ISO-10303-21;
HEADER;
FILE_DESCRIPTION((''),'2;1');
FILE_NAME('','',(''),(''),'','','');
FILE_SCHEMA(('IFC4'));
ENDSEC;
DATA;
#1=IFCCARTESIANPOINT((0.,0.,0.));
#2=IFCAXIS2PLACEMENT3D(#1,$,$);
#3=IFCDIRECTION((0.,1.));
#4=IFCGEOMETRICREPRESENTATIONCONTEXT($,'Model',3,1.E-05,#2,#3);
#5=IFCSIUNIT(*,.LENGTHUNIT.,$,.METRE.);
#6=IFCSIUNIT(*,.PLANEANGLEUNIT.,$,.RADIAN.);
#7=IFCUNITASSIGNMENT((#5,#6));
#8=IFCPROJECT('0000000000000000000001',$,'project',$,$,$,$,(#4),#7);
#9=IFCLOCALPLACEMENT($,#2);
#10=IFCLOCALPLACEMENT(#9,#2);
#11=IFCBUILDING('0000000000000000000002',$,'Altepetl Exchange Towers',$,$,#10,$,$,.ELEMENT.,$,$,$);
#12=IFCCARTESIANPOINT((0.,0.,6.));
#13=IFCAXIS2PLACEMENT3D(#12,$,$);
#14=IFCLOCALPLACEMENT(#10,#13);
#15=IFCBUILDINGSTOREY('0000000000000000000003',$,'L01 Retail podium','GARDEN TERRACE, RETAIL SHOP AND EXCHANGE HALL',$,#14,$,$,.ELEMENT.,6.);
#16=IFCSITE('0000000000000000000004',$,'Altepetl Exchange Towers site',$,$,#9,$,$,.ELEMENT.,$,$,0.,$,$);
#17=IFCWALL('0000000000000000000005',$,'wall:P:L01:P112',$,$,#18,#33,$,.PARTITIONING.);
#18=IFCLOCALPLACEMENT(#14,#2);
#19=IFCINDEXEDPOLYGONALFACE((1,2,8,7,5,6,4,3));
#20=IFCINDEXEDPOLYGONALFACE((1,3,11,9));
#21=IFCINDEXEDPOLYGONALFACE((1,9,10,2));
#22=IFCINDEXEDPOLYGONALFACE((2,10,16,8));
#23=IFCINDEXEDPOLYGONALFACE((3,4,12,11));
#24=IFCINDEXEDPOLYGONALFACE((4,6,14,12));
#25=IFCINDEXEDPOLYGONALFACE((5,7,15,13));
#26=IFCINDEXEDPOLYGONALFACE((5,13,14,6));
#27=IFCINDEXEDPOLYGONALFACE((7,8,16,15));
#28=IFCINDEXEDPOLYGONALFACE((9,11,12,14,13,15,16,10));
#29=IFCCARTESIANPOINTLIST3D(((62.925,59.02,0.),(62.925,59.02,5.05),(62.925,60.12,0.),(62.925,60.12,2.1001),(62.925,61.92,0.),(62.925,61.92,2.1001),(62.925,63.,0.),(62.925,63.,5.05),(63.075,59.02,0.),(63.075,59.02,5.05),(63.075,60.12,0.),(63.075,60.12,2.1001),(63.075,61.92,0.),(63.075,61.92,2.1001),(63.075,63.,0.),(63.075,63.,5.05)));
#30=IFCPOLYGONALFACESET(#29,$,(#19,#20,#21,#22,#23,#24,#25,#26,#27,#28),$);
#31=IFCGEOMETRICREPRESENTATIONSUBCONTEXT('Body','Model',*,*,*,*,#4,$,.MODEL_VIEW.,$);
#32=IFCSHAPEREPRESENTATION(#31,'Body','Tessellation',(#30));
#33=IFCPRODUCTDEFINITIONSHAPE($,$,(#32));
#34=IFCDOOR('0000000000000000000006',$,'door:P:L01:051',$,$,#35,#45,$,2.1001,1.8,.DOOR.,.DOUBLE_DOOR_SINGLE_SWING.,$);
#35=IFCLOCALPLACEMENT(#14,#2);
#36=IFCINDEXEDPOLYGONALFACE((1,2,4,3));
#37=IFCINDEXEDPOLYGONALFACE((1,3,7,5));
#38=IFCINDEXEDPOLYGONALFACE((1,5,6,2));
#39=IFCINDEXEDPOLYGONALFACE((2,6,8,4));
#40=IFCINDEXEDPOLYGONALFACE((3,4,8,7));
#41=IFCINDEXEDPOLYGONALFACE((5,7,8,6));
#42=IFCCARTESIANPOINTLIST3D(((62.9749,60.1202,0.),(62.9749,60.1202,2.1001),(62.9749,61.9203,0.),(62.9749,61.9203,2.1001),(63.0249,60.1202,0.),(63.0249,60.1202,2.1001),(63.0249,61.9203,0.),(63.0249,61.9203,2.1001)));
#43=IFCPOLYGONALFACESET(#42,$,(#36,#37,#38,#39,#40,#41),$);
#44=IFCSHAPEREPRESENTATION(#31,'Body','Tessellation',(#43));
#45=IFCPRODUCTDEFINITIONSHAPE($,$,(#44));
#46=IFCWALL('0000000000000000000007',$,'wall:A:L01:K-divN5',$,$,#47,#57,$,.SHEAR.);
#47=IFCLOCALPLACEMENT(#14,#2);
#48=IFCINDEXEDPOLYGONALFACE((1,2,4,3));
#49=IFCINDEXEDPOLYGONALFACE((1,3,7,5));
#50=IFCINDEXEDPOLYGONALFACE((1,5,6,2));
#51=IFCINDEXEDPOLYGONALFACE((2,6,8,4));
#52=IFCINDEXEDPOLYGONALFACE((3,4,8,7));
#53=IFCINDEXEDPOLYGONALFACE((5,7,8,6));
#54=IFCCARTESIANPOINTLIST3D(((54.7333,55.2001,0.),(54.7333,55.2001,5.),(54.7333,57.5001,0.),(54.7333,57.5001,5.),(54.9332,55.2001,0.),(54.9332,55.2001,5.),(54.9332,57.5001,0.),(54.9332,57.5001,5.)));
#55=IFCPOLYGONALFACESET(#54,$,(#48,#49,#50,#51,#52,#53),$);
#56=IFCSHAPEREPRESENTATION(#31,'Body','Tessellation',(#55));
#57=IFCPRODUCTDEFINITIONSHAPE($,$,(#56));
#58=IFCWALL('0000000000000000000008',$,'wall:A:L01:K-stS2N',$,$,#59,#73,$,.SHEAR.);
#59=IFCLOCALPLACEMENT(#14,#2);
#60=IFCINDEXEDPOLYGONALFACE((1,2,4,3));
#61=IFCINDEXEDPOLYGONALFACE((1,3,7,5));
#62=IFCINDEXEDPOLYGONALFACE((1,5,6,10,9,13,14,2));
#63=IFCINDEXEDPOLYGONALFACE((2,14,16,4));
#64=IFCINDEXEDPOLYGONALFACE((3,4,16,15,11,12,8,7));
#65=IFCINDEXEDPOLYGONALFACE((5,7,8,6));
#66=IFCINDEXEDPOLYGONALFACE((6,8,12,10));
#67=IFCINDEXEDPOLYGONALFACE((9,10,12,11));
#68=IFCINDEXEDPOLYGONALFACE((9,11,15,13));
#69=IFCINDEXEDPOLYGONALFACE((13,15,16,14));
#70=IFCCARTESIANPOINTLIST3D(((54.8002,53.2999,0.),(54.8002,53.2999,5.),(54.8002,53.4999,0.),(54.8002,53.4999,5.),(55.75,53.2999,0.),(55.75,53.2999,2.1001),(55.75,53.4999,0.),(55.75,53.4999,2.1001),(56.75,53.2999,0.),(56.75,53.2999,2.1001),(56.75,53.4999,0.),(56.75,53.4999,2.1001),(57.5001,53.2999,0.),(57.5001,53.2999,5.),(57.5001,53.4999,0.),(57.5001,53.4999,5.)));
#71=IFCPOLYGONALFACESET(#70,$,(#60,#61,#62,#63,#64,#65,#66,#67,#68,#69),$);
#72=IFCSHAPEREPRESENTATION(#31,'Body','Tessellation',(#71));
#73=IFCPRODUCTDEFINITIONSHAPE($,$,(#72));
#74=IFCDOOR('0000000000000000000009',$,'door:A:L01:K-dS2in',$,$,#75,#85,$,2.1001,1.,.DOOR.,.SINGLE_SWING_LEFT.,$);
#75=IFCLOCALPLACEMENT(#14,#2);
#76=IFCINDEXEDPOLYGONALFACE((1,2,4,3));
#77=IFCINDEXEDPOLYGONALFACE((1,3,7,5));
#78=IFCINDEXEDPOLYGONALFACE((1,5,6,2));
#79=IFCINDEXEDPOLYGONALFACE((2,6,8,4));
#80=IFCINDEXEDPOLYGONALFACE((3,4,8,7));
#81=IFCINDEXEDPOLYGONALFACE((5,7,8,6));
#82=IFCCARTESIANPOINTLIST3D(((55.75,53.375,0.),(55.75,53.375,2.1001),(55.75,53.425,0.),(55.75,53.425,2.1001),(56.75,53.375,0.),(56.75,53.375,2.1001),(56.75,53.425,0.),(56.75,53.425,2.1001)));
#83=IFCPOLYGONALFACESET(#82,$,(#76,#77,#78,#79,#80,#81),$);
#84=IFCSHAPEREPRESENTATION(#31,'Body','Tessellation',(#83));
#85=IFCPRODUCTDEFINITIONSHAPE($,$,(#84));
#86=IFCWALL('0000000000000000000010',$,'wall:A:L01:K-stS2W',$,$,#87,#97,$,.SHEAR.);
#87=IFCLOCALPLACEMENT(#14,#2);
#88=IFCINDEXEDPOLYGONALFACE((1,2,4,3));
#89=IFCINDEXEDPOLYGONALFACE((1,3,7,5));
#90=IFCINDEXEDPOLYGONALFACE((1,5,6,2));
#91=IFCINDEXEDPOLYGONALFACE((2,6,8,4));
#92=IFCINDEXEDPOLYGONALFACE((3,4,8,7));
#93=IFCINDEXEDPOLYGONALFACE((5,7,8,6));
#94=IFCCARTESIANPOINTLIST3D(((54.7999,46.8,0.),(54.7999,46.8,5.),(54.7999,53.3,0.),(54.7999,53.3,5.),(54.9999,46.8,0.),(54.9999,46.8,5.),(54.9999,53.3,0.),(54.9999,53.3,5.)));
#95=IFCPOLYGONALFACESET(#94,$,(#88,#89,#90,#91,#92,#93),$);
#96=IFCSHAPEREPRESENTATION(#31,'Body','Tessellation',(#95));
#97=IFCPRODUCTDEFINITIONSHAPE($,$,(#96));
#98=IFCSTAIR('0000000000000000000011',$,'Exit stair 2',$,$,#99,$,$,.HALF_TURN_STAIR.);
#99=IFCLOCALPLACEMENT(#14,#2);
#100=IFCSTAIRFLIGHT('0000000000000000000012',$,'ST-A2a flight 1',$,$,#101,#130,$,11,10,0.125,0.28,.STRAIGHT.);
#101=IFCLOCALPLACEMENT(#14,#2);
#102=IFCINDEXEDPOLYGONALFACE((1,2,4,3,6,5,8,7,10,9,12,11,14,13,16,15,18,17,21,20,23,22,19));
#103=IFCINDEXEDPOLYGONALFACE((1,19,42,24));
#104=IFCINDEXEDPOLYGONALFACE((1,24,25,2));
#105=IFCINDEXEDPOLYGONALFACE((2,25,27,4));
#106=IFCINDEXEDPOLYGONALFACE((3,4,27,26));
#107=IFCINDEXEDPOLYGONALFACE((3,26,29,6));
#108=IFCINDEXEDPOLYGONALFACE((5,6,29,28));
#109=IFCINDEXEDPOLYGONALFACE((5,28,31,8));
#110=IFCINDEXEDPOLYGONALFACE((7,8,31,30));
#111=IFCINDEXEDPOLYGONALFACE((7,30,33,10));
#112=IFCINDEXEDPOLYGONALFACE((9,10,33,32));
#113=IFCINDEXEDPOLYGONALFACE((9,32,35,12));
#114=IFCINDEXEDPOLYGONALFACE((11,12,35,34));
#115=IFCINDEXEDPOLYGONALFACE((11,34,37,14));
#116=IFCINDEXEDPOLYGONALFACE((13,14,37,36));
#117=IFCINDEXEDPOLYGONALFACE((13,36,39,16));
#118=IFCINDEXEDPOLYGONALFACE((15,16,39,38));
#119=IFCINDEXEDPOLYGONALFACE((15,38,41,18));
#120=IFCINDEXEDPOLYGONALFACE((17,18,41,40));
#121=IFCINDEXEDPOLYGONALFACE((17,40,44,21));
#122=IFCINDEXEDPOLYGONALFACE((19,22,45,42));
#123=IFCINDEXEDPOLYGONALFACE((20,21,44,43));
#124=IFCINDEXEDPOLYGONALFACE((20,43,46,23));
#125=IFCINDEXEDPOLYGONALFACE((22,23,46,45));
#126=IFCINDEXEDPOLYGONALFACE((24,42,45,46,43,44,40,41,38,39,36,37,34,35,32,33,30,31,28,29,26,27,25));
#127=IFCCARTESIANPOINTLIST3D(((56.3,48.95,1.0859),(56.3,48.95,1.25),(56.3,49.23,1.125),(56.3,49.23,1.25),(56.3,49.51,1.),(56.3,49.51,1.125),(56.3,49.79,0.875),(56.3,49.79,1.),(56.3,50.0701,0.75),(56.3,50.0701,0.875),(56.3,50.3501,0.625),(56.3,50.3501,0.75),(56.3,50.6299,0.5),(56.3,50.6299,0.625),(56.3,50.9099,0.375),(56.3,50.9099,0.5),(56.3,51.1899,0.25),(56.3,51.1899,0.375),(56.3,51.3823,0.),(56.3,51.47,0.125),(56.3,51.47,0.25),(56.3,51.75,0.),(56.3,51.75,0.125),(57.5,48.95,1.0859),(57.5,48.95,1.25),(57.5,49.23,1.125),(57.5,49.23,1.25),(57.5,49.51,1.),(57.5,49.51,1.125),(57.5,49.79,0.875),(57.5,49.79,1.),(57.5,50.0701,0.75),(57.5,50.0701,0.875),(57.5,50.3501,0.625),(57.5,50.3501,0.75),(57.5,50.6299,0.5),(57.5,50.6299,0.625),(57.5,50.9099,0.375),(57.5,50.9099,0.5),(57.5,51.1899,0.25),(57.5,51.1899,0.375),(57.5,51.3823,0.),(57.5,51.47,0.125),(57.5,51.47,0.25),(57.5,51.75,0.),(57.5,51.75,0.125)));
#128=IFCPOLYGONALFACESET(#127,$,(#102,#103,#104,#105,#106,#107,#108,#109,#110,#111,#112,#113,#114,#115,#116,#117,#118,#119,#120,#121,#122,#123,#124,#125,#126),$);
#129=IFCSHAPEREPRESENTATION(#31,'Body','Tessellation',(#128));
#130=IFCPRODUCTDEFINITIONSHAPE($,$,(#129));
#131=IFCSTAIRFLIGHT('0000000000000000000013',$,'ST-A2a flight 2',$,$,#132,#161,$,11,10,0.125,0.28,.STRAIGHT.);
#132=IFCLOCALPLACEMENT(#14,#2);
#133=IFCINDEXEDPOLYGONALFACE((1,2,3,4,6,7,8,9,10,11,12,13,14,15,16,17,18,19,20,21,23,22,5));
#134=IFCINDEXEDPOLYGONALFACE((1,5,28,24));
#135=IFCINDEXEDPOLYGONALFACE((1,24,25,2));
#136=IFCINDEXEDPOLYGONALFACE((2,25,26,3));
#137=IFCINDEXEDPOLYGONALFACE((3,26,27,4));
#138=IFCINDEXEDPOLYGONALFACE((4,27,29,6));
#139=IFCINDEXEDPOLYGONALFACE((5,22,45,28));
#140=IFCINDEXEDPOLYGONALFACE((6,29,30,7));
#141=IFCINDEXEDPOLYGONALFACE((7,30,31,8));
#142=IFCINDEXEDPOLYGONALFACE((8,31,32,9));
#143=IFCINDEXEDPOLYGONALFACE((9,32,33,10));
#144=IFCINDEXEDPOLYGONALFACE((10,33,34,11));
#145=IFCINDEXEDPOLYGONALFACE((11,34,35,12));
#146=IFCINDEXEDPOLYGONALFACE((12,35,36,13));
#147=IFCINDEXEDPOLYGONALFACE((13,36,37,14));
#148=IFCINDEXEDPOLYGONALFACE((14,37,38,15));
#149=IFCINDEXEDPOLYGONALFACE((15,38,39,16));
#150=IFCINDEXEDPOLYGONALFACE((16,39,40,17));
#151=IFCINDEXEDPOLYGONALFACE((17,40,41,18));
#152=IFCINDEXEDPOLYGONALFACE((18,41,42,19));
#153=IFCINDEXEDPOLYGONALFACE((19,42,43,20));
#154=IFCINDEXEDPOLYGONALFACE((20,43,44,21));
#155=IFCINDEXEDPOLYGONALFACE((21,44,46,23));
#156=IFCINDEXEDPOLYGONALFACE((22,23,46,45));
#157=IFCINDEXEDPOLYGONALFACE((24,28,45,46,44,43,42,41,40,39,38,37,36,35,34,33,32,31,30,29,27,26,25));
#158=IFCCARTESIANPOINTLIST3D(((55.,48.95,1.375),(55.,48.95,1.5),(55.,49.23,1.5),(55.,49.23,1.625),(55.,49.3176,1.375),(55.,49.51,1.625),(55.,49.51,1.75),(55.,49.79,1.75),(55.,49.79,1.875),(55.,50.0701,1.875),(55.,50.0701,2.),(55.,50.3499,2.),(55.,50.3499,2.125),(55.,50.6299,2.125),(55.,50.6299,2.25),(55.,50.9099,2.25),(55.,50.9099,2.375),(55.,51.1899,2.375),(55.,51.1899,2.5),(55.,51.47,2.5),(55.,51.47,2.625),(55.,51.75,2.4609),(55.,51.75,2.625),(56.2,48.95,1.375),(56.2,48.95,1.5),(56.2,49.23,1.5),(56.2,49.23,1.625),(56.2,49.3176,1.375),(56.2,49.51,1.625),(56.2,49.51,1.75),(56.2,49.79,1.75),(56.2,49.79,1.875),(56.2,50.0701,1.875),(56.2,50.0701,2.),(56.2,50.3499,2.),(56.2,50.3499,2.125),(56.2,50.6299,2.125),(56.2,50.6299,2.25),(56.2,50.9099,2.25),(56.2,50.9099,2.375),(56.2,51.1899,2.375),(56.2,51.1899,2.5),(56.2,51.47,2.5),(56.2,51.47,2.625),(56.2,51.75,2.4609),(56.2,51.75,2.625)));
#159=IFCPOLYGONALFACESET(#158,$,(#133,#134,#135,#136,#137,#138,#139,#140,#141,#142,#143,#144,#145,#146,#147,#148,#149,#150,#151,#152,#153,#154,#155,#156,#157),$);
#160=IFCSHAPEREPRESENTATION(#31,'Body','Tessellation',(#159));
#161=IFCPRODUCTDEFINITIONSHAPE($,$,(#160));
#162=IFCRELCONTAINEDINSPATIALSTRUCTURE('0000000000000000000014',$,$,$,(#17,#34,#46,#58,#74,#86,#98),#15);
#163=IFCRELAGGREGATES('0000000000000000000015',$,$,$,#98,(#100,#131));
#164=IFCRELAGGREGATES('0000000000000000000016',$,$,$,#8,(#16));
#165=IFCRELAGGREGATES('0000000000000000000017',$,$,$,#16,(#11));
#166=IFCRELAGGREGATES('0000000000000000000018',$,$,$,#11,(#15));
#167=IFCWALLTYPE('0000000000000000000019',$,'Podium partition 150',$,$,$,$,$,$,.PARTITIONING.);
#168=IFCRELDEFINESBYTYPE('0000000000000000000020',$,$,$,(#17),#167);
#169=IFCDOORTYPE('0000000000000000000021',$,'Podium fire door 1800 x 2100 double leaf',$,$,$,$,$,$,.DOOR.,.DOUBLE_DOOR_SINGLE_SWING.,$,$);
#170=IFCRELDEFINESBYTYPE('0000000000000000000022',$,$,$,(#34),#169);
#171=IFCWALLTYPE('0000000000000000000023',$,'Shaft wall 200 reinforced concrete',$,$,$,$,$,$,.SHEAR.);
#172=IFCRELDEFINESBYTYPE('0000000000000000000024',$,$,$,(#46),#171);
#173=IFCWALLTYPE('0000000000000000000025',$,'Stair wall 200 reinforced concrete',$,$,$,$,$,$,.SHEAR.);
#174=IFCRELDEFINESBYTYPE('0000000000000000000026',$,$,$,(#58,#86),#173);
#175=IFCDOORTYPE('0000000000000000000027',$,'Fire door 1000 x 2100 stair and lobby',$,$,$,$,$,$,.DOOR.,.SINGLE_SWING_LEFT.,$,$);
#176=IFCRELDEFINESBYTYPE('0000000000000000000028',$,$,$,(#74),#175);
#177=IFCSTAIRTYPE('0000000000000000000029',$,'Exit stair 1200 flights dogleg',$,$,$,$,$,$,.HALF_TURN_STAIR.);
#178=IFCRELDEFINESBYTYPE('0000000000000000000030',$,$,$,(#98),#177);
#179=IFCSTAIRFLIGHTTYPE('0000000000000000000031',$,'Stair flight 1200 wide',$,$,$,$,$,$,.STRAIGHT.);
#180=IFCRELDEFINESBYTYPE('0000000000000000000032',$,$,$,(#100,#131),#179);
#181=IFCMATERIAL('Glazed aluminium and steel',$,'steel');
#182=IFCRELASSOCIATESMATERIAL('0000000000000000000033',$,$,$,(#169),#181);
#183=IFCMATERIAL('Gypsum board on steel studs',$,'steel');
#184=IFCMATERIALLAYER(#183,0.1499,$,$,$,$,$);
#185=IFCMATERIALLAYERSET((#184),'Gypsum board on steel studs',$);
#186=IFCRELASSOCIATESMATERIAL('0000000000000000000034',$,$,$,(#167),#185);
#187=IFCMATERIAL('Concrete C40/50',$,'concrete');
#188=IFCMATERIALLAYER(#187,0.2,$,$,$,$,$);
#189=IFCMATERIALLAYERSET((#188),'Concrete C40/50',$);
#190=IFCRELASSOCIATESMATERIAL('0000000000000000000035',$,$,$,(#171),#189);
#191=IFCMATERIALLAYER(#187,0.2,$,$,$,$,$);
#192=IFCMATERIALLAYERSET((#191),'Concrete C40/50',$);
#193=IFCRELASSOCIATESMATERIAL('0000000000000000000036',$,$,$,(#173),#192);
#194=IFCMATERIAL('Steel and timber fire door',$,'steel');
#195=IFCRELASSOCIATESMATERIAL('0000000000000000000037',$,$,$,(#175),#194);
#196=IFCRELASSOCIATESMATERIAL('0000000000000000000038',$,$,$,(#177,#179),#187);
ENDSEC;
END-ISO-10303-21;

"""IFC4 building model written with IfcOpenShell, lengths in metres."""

from ifc_helpers import new_model, si_unit, direction, frame, frame_2d, origin, place, context, subcontext, project, spatial, polyline, rectangle, outline, extrude, material, layer, layer_set, type_object, element, fill, aggregate, save


model = new_model("IFC4")

# Units and contexts
model_context = context("Model", 3, precision=1e-05, world=origin(), true_north=direction((0.0, 1.0)))
body_context = subcontext(model_context, "Body", "Model", "MODEL_VIEW")
ifc_project = project(units=[si_unit("LENGTHUNIT", "METRE"), si_unit("PLANEANGLEUNIT", "RADIAN")], contexts=[model_context])

# Site, building, storey
site_placement = place(None, origin())
site = spatial("IfcSite", under=ifc_project, at=site_placement, Name="Altepetl Exchange Towers site", CompositionType="ELEMENT", RefElevation=0.0)
building_placement = place(site_placement, origin())
building = spatial("IfcBuilding", under=site, at=building_placement, Name="Altepetl Exchange Towers", CompositionType="ELEMENT")
storey_placement = place(building_placement, frame((0.0, 0.0, 6.0)))
storey = spatial("IfcBuildingStorey", under=building, at=storey_placement, Name="L01 Retail podium", Description="GARDEN TERRACE, RETAIL SHOP AND EXCHANGE HALL", CompositionType="ELEMENT", Elevation=6.0)

# Shared definitions
ifc_material_1 = material(Name="Glazed aluminium and steel", Category="steel")
door_type_1 = type_object("IfcDoorType", Name="Podium fire door 1800 x 2100 double leaf", OperationType="DOUBLE_DOOR_SINGLE_SWING", PredefinedType="DOOR", material=ifc_material_1)

# Shared definitions
ifc_material_2 = material(Name="Gypsum board on steel studs", Category="steel")
ifc_layer_1 = layer(ifc_material_2, 0.1499)
ifc_layer_set_1 = layer_set([ifc_layer_1], Name="Gypsum board on steel studs")
wall_type_1 = type_object("IfcWallType", Name="Podium partition 150", PredefinedType="PARTITIONING", material=ifc_layer_set_1)

# Wall, opening, door
wall_1_placement = place(storey_placement, frame((63.0, 59.02, 0.0), z_axis=(0.0, 0.0, 1.0), x_axis=(0.0, 1.0, 0.0)))
wall_1 = element("IfcWall", 1, at=wall_1_placement, inside=storey, type_object=wall_type_1, Name="wall:P:L01:P112", PredefinedType="PARTITIONING", context=body_context, shape_type="SweptSolid", body=[
    extrude(rectangle(XDim=3.98, YDim=0.1499, at=frame_2d((1.99, 0.0))), origin(), (0.0, 0.0, 1.0), 5.05),
])
opening_1_placement = place(wall_1_placement, frame((1.1001, 0.0, 0.0)))
opening_1 = element("IfcOpeningElement", 2, at=opening_1_placement, cuts=wall_1, PredefinedType="OPENING", context=body_context, shape_type="SweptSolid", body=[
    extrude(rectangle(XDim=1.8, YDim=2.1001, at=frame_2d((0.8999, 1.05))), frame((0.0, 0.085, 0.0), z_axis=(0.0, -1.0, 0.0), x_axis=(1.0, 0.0, 0.0)), (0.0, 0.0, 1.0), 0.1699),
])
door_1_placement = place(opening_1_placement, frame((1.8, 0.0, 0.0), x_axis=(-1.0, 0.0, 0.0)))
door_1 = element("IfcDoor", 3, at=door_1_placement, inside=storey, type_object=door_type_1, Name="door:P:L01:051", OperationType="DOUBLE_DOOR_SINGLE_SWING", OverallHeight=2.1001, OverallWidth=1.8, PredefinedType="DOOR", context=body_context, shape_type="SweptSolid", body=[
    extrude(rectangle(XDim=1.8, YDim=2.1001, at=frame_2d((0.8999, 1.05))), frame((0.0, 0.0249, 0.0), z_axis=(0.0, -1.0, 0.0), x_axis=(1.0, 0.0, 0.0)), (0.0, 0.0, 1.0), 0.05),
])
fill(opening_1, door_1)

# Wall
ifc_material_3 = material(Name="Concrete C40/50", Category="concrete")
ifc_layer_2 = layer(ifc_material_3, 0.2)
ifc_layer_set_2 = layer_set([ifc_layer_2], Name="Concrete C40/50")
wall_type_2 = type_object("IfcWallType", Name="Shaft wall 200 reinforced concrete", PredefinedType="SHEAR", material=ifc_layer_set_2)
wall_2_placement = place(storey_placement, frame((54.8333, 57.5, 0.0), z_axis=(0.0, 0.0, 1.0), x_axis=(0.0, -1.0, 0.0)))
element("IfcWall", 4, at=wall_2_placement, inside=storey, type_object=wall_type_2, Name="wall:A:L01:K-divN5", PredefinedType="SHEAR", context=body_context, shape_type="SweptSolid", body=[
    extrude(rectangle(XDim=2.3, YDim=0.2, at=frame_2d((1.1499, 0.0))), origin(), (0.0, 0.0, 1.0), 5.0),
])

# Wall, opening, door
ifc_layer_3 = layer(ifc_material_3, 0.2)
ifc_layer_set_3 = layer_set([ifc_layer_3], Name="Concrete C40/50")
wall_type_3 = type_object("IfcWallType", Name="Stair wall 200 reinforced concrete", PredefinedType="SHEAR", material=ifc_layer_set_3)
wall_3_placement = place(storey_placement, frame((54.8, 53.3999, 0.0)))
wall_3 = element("IfcWall", 5, at=wall_3_placement, inside=storey, type_object=wall_type_3, Name="wall:A:L01:K-stS2N", PredefinedType="SHEAR", context=body_context, shape_type="SweptSolid", body=[
    extrude(rectangle(XDim=2.7, YDim=0.2, at=frame_2d((1.3501, 0.0))), origin(), (0.0, 0.0, 1.0), 5.0),
])
opening_2_placement = place(wall_3_placement, frame((0.95, 0.0, 0.0)))
opening_2 = element("IfcOpeningElement", 6, at=opening_2_placement, cuts=wall_3, PredefinedType="OPENING", context=body_context, shape_type="SweptSolid", body=[
    extrude(rectangle(XDim=1.0, YDim=2.1001, at=frame_2d((0.5, 1.05))), frame((0.0, 0.1099, 0.0), z_axis=(0.0, -1.0, 0.0), x_axis=(1.0, 0.0, 0.0)), (0.0, 0.0, 1.0), 0.22),
])
ifc_material_4 = material(Name="Steel and timber fire door", Category="steel")
door_type_2 = type_object("IfcDoorType", Name="Fire door 1000 x 2100 stair and lobby", OperationType="SINGLE_SWING_LEFT", PredefinedType="DOOR", material=ifc_material_4)
door_2_placement = place(opening_2_placement, frame((1.0, 0.0, 0.0), x_axis=(-1.0, 0.0, 0.0)))
door_2 = element("IfcDoor", 7, at=door_2_placement, inside=storey, type_object=door_type_2, Name="door:A:L01:K-dS2in", OperationType="SINGLE_SWING_LEFT", OverallHeight=2.1001, OverallWidth=1.0, PredefinedType="DOOR", context=body_context, shape_type="SweptSolid", body=[
    extrude(rectangle(XDim=1.0, YDim=2.1001, at=frame_2d((0.5, 1.05))), frame((0.0, 0.0249, 0.0), z_axis=(0.0, -1.0, 0.0), x_axis=(1.0, 0.0, 0.0)), (0.0, 0.0, 1.0), 0.05),
])
fill(opening_2, door_2)

# Wall
wall_4_placement = place(storey_placement, frame((54.8999, 46.8, 0.0), z_axis=(0.0, 0.0, 1.0), x_axis=(0.0, 1.0, 0.0)))
element("IfcWall", 8, at=wall_4_placement, inside=storey, type_object=wall_type_3, Name="wall:A:L01:K-stS2W", PredefinedType="SHEAR", context=body_context, shape_type="SweptSolid", body=[
    extrude(rectangle(XDim=6.5, YDim=0.2, at=frame_2d((3.25, 0.0))), origin(), (0.0, 0.0, 1.0), 5.0),
])

# Stair, stair flights
stair_type = type_object("IfcStairType", Name="Exit stair 1200 flights dogleg", PredefinedType="HALF_TURN_STAIR", material=ifc_material_3)
stair_placement = place(storey_placement, origin())
stair = element("IfcStair", 9, at=stair_placement, inside=storey, type_object=stair_type, Name="Exit stair 2", PredefinedType="HALF_TURN_STAIR")
stair_flight_type = type_object("IfcStairFlightType", Name="Stair flight 1200 wide", PredefinedType="STRAIGHT", material=ifc_material_3)
stair_flight_1_placement = place(storey_placement, frame((56.8999, 51.75, 0.0), z_axis=(0.0, 0.0, 1.0), x_axis=(0.0, -1.0, 0.0)))
stair_flight_1 = element("IfcStairFlight", 10, at=stair_flight_1_placement, type_object=stair_flight_type, Name="ST-A2a flight 1", NumberOfRisers=11, NumberOfTreads=10, PredefinedType="STRAIGHT", RiserHeight=0.125, TreadLength=0.28, context=body_context, shape_type="SweptSolid", body=[
    extrude(outline(polyline([(0.0, 0.0), (0.0, 0.125), (0.28, 0.125), (0.28, 0.25), (0.5601, 0.25), (0.5601, 0.375), (0.8401, 0.375), (0.8401, 0.5), (1.1201, 0.5), (1.1201, 0.625), (1.3999, 0.625), (1.3999, 0.75), (1.6799, 0.75), (1.6799, 0.875), (1.96, 0.875), (1.96, 1.0), (2.24, 1.0), (2.24, 1.125), (2.52, 1.125), (2.52, 1.25), (2.8, 1.25), (2.8, 1.375), (2.8, 1.0859), (0.3677, 0.0), (0.0, 0.0)])), frame((0.0, 0.6001, 0.0), z_axis=(0.0, -1.0, 0.0), x_axis=(1.0, 0.0, 0.0)), (0.0, 0.0, 1.0), 1.2),
])
stair_flight_2_placement = place(storey_placement, frame((55.6001, 48.95, 1.375), z_axis=(0.0, 0.0, 1.0), x_axis=(0.0, 1.0, 0.0)))
stair_flight_2 = element("IfcStairFlight", 11, at=stair_flight_2_placement, type_object=stair_flight_type, Name="ST-A2a flight 2", NumberOfRisers=11, NumberOfTreads=10, PredefinedType="STRAIGHT", RiserHeight=0.125, TreadLength=0.28, context=body_context, shape_type="SweptSolid", body=[
    extrude(outline(polyline([(0.0, 0.0), (0.0, 0.125), (0.28, 0.125), (0.28, 0.25), (0.5601, 0.25), (0.5601, 0.375), (0.8401, 0.375), (0.8401, 0.5), (1.1201, 0.5), (1.1201, 0.625), (1.3999, 0.625), (1.3999, 0.75), (1.6799, 0.75), (1.6799, 0.875), (1.96, 0.875), (1.96, 1.0), (2.24, 1.0), (2.24, 1.125), (2.52, 1.125), (2.52, 1.25), (2.8, 1.25), (2.8, 1.375), (2.8, 1.0859), (0.3677, 0.0), (0.0, 0.0)])), frame((0.0, 0.6001, 0.0), z_axis=(0.0, -1.0, 0.0), x_axis=(1.0, 0.0, 0.0)), (0.0, 0.0, 1.0), 1.2),
])
aggregate(stair, [stair_flight_1, stair_flight_2])

save(model, "model.ifc")
